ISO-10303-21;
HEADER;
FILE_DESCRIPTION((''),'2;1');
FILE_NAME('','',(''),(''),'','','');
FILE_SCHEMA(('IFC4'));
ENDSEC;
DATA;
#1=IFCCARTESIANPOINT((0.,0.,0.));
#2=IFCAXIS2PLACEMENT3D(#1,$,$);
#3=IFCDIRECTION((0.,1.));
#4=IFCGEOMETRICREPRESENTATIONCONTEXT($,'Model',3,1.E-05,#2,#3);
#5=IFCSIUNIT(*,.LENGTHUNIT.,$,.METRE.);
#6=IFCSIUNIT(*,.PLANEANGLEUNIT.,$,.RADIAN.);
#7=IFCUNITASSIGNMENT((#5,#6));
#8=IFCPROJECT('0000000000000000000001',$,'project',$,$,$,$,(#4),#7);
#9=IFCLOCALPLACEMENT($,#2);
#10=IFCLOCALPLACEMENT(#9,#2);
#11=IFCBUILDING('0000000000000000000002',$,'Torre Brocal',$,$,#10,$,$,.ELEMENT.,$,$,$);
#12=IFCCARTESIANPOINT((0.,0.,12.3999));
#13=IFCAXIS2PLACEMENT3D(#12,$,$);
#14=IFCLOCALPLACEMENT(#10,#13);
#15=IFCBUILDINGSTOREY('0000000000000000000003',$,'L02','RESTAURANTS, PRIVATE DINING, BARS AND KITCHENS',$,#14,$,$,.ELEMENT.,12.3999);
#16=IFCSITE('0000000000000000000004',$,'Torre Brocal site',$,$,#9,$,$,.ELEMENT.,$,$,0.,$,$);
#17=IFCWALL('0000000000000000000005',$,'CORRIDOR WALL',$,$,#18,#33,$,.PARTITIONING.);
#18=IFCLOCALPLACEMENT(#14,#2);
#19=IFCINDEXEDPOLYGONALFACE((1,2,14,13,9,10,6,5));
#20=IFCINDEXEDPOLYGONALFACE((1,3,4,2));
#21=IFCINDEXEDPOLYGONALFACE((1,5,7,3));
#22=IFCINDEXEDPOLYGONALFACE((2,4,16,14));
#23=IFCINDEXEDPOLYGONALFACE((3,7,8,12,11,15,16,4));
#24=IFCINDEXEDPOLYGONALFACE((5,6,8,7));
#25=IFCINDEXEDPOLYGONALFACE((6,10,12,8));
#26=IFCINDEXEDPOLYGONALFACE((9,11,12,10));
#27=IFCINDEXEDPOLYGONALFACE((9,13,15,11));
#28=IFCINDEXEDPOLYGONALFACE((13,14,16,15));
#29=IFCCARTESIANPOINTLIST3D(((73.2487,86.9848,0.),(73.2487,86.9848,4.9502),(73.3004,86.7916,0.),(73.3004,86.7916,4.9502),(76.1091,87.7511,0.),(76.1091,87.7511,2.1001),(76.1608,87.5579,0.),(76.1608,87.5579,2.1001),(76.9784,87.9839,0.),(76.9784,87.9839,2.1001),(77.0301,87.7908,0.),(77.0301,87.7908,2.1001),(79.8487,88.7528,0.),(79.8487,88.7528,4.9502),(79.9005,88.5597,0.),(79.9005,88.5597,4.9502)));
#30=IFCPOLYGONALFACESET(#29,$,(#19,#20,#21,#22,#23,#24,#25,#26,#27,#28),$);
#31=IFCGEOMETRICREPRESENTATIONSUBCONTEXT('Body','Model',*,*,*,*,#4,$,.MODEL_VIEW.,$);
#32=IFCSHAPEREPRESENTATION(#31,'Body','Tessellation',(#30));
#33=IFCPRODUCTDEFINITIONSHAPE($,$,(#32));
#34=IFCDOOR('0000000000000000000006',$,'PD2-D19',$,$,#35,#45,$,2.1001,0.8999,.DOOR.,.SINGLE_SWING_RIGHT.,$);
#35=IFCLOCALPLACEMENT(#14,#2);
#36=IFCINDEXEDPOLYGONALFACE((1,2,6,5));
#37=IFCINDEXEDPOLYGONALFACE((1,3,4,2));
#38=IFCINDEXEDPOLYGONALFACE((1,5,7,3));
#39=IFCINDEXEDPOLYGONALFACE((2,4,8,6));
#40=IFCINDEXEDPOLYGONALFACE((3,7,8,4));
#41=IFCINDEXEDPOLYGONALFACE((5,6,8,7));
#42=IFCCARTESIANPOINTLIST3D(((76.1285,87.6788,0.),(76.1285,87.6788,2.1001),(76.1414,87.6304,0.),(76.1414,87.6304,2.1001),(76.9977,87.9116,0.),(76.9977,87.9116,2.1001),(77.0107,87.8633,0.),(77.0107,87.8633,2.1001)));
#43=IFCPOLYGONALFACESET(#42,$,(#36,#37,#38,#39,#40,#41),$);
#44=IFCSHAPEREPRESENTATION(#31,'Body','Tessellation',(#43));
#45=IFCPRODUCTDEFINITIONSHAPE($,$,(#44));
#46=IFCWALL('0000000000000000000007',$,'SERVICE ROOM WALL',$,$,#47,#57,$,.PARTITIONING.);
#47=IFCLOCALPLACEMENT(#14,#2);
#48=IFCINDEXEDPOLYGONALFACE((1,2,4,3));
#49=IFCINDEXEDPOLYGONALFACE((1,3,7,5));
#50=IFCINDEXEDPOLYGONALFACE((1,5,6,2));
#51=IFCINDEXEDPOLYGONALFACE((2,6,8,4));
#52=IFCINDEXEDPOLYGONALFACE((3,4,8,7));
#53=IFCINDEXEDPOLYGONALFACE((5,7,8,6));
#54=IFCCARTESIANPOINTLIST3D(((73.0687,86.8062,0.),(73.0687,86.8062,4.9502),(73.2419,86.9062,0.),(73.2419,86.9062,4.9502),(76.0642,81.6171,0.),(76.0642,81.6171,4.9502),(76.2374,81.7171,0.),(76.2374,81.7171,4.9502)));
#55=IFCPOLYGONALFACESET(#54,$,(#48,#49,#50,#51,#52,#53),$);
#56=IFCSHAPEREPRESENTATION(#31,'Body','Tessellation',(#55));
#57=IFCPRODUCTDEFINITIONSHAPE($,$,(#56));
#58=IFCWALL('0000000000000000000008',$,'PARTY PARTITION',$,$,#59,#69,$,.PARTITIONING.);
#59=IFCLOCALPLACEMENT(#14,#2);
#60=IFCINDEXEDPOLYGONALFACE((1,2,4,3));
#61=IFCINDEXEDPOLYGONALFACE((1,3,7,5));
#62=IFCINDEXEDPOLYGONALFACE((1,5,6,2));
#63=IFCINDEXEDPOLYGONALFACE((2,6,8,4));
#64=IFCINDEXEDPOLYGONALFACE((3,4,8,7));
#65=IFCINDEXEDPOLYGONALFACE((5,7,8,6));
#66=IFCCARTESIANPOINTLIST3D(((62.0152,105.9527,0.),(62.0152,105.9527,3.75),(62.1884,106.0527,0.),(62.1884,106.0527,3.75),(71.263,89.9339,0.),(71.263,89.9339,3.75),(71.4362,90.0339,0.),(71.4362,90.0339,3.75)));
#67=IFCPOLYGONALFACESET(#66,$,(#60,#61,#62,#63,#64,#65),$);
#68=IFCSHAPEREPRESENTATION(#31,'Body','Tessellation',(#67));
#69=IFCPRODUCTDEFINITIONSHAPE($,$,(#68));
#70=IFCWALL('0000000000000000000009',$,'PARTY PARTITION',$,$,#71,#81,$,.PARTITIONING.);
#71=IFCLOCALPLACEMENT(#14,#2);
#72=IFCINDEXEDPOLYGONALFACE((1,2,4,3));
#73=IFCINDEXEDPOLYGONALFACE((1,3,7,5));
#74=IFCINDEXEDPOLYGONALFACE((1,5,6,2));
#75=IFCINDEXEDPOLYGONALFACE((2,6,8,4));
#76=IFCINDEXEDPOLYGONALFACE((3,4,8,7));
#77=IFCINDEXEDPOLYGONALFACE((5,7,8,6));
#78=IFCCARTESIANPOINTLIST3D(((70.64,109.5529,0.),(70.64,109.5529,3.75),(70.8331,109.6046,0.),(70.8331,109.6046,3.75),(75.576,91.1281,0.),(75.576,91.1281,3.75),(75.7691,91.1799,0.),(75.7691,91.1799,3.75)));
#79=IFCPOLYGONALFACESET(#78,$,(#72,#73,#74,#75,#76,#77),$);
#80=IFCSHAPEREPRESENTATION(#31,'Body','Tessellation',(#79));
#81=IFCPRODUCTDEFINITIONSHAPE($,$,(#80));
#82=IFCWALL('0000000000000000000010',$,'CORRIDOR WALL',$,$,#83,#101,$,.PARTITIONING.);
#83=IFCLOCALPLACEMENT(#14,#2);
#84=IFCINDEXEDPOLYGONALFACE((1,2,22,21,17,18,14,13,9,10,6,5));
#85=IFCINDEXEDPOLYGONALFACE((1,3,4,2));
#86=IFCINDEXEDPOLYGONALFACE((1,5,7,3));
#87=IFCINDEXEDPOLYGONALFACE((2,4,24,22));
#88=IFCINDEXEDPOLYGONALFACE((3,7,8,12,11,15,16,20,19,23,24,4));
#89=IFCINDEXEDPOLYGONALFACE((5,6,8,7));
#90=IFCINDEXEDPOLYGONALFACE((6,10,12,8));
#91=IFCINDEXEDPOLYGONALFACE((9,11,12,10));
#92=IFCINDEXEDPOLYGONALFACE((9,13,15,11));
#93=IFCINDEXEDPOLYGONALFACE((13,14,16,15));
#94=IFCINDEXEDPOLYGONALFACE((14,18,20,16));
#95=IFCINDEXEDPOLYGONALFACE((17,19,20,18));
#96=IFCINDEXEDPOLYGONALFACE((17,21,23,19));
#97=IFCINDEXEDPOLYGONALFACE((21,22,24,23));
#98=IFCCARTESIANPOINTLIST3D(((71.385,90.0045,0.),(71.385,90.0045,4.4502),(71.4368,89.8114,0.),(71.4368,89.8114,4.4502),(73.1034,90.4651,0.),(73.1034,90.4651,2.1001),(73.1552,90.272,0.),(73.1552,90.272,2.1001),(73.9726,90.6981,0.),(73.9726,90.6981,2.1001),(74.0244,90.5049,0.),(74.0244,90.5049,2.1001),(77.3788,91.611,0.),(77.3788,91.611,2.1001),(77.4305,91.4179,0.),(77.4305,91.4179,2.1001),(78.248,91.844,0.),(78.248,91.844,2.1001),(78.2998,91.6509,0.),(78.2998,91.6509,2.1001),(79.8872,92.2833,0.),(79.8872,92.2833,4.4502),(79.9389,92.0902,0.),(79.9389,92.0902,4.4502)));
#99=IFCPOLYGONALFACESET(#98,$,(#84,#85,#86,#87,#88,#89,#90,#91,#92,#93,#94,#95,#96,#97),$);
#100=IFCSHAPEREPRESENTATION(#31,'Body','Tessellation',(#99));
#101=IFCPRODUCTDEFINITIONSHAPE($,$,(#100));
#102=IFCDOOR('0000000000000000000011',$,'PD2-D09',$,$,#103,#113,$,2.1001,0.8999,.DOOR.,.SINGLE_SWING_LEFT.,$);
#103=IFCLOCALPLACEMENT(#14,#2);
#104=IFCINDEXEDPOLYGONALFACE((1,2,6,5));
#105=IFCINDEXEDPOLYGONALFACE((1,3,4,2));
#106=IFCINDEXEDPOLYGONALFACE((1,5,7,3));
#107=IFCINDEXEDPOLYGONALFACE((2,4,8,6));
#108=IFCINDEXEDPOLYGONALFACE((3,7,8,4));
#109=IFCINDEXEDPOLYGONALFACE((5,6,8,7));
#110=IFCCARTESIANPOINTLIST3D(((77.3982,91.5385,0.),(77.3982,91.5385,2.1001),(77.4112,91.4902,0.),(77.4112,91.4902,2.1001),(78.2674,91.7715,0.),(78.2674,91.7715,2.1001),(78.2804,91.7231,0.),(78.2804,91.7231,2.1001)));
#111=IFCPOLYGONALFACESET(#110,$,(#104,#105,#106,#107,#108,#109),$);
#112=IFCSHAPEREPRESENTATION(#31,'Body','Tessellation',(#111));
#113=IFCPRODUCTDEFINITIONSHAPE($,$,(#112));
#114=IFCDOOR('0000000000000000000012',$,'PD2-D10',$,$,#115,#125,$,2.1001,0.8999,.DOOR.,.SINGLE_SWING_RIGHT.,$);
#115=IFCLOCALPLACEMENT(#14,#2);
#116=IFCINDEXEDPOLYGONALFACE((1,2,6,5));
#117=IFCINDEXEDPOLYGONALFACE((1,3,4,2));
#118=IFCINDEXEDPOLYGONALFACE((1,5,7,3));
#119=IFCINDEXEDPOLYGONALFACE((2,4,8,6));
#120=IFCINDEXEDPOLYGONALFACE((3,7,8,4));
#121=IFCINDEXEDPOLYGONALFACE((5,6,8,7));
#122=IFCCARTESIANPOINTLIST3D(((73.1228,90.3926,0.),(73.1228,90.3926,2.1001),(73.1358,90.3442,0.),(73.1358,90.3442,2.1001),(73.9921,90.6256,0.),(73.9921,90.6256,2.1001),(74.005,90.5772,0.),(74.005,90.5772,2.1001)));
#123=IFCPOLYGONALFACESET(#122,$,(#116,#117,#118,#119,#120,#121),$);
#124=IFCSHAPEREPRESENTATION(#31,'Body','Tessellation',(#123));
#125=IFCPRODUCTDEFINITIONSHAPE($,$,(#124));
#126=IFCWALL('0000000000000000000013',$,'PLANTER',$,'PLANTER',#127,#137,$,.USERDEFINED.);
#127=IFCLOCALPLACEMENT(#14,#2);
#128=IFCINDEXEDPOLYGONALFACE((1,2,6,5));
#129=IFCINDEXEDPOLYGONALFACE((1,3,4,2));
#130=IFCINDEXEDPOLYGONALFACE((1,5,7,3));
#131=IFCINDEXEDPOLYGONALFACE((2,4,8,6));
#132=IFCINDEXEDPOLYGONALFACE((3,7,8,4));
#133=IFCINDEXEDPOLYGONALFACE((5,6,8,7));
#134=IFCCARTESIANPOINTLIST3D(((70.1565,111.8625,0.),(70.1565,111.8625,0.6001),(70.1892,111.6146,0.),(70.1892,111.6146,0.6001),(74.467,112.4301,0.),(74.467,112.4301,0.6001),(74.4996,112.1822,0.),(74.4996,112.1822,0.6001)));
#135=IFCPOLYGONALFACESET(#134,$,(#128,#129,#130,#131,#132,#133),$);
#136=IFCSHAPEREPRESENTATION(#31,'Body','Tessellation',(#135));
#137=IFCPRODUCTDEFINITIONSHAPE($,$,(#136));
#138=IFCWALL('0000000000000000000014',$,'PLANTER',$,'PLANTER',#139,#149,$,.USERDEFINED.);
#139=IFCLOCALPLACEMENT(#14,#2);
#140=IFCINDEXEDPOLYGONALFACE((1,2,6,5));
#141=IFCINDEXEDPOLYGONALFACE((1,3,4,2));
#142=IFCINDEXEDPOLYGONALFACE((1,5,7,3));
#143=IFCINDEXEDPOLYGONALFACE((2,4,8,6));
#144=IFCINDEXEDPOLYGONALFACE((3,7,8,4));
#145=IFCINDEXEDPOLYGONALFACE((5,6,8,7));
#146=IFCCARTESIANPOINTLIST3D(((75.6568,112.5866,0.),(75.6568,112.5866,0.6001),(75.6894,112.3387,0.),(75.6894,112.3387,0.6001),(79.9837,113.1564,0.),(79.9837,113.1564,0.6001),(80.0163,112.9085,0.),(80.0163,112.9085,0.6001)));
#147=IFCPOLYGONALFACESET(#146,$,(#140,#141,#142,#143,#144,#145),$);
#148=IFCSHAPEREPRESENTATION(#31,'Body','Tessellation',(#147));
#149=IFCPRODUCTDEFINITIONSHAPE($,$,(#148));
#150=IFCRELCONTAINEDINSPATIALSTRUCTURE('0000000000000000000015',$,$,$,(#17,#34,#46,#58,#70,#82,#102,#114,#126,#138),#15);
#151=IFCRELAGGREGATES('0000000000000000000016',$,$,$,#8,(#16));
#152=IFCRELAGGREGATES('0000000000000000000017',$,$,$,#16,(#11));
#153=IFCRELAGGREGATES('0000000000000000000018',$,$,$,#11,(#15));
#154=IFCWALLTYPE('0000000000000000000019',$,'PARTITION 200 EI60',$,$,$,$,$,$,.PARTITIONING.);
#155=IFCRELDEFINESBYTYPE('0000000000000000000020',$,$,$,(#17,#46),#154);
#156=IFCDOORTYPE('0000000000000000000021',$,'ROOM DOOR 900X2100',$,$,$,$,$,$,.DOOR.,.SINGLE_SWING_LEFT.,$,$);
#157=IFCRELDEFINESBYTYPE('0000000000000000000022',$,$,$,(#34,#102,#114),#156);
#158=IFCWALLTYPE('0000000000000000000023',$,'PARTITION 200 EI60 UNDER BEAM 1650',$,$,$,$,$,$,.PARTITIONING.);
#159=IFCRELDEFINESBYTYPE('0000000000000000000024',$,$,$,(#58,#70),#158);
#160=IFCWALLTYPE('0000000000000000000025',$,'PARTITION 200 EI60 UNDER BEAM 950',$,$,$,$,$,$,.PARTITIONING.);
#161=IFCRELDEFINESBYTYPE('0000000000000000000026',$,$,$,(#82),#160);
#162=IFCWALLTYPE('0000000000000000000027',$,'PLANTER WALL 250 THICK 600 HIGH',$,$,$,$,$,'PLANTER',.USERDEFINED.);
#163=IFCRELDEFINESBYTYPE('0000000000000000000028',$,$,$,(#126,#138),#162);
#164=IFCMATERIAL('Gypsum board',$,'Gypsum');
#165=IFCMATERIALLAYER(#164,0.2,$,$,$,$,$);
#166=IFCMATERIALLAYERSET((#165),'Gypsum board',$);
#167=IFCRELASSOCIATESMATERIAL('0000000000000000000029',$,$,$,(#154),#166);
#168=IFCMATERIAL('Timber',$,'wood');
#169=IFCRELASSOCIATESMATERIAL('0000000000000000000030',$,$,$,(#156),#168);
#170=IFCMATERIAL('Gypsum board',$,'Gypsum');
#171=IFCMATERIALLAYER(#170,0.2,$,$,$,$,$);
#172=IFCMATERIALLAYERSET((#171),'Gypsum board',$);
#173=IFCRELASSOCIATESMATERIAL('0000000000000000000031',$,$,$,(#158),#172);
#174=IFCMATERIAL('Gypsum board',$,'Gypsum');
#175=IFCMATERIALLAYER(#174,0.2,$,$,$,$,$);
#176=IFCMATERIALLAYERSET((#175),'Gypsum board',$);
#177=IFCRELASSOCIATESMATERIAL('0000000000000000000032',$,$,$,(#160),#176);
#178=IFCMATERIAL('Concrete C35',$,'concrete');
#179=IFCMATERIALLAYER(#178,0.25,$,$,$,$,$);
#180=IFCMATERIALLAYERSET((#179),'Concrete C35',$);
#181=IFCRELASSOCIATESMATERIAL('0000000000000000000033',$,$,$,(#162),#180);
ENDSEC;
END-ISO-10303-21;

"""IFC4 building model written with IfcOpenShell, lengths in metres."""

from ifc_helpers import new_model, si_unit, direction, frame, frame_2d, origin, place, context, subcontext, project, spatial, rectangle, extrude, material, layer, layer_set, type_object, element, fill, save


model = new_model("IFC4")

# Units and contexts
model_context = context("Model", 3, precision=1e-05, world=origin(), true_north=direction((0.0, 1.0)))
body_context = subcontext(model_context, "Body", "Model", "MODEL_VIEW")
ifc_project = project(units=[si_unit("LENGTHUNIT", "METRE"), si_unit("PLANEANGLEUNIT", "RADIAN")], contexts=[model_context])

# Site, building, storey
site_placement = place(None, origin())
site = spatial("IfcSite", under=ifc_project, at=site_placement, Name="Torre Brocal site", CompositionType="ELEMENT", RefElevation=0.0)
building_placement = place(site_placement, origin())
building = spatial("IfcBuilding", under=site, at=building_placement, Name="Torre Brocal", CompositionType="ELEMENT")
storey_placement = place(building_placement, frame((0.0, 0.0, 12.3999)))
storey = spatial("IfcBuildingStorey", under=building, at=storey_placement, Name="L02", Description="RESTAURANTS, PRIVATE DINING, BARS AND KITCHENS", CompositionType="ELEMENT", Elevation=12.3999)

# Wall, opening, door
ifc_material_1 = material(Name="Gypsum board", Category="Gypsum")
ifc_layer_1 = layer(ifc_material_1, 0.2)
ifc_layer_set_1 = layer_set([ifc_layer_1], Name="Gypsum board")
wall_type_1 = type_object("IfcWallType", Name="PARTITION 200 EI60", PredefinedType="PARTITIONING", material=ifc_layer_set_1)
wall_1_placement = place(storey_placement, frame((73.2744, 86.8882, 0.0), z_axis=(0.0, 0.0, 1.0), x_axis=(0.965941, 0.258761, 0.0)))
wall_1 = element("IfcWall", 1, at=wall_1_placement, inside=storey, type_object=wall_type_1, Name="CORRIDOR WALL", PredefinedType="PARTITIONING", context=body_context, shape_type="SweptSolid", body=[
    extrude(rectangle(XDim=6.8328, YDim=0.2, at=frame_2d((3.4165, 0.0))), origin(), (0.0, 0.0, 1.0), 4.9502),
])
opening_1_placement = place(wall_1_placement, frame((2.9614, 0.0, 0.0)))
opening_1 = element("IfcOpeningElement", 2, at=opening_1_placement, cuts=wall_1, PredefinedType="OPENING", context=body_context, shape_type="SweptSolid", body=[
    extrude(rectangle(XDim=0.8999, YDim=2.1001, at=frame_2d((0.45, 1.05))), frame((0.0, 0.1099, 0.0), z_axis=(0.0, -1.0, 0.0), x_axis=(1.0, 0.0, 0.0)), (0.0, 0.0, 1.0), 0.22),
])
ifc_material_2 = material(Name="Timber", Category="wood")
door_type = type_object("IfcDoorType", Name="ROOM DOOR 900X2100", OperationType="SINGLE_SWING_LEFT", PredefinedType="DOOR", material=ifc_material_2)
door_1_placement = place(opening_1_placement, frame((0.8999, 0.0, 0.0), z_axis=(0.0, 0.0, 1.0), x_axis=(-1.0, 0.0, 0.0)))
door_1 = element("IfcDoor", 3, at=door_1_placement, inside=storey, type_object=door_type, Name="PD2-D19", OperationType="SINGLE_SWING_RIGHT", OverallHeight=2.1001, OverallWidth=0.8999, PredefinedType="DOOR", context=body_context, shape_type="SweptSolid", body=[
    extrude(rectangle(XDim=0.8999, YDim=2.1001, at=frame_2d((0.45, 1.05))), frame((0.0, 0.0249, 0.0), z_axis=(0.0, -1.0, 0.0), x_axis=(1.0, 0.0, 0.0)), (0.0, 0.0, 1.0), 0.05),
])
fill(opening_1, door_1)

# Walls
wall_2_placement = place(storey_placement, frame((73.1553, 86.8562, 0.0), z_axis=(0.0, 0.0, 1.0), x_axis=(0.499952, -0.866053, 0.0)))
element("IfcWall", 4, at=wall_2_placement, inside=storey, type_object=wall_type_1, Name="SERVICE ROOM WALL", PredefinedType="PARTITIONING", context=body_context, shape_type="SweptSolid", body=[
    extrude(rectangle(XDim=5.9917, YDim=0.2, at=frame_2d((2.9958, 0.0))), origin(), (0.0, 0.0, 1.0), 4.9502),
])
ifc_material_3 = material(Name="Gypsum board", Category="Gypsum")
ifc_layer_2 = layer(ifc_material_3, 0.2)
ifc_layer_set_2 = layer_set([ifc_layer_2], Name="Gypsum board")
wall_type_2 = type_object("IfcWallType", Name="PARTITION 200 EI60 UNDER BEAM 1650", PredefinedType="PARTITIONING", material=ifc_layer_set_2)
wall_3_placement = place(storey_placement, frame((62.1018, 106.0027, 0.0), z_axis=(0.0, 0.0, 1.0), x_axis=(0.499973, -0.866041, 0.0)))
element("IfcWall", 5, at=wall_3_placement, inside=storey, type_object=wall_type_2, Name="PARTY PARTITION", PredefinedType="PARTITIONING", context=body_context, shape_type="SweptSolid", body=[
    extrude(rectangle(XDim=18.4966, YDim=0.2, at=frame_2d((9.2483, 0.0))), origin(), (0.0, 0.0, 1.0), 3.75),
])
wall_4_placement = place(storey_placement, frame((70.7366, 109.5786, 0.0), z_axis=(0.0, 0.0, 1.0), x_axis=(0.258776, -0.965937, 0.0)))
element("IfcWall", 6, at=wall_4_placement, inside=storey, type_object=wall_type_2, Name="PARTY PARTITION", PredefinedType="PARTITIONING", context=body_context, shape_type="SweptSolid", body=[
    extrude(rectangle(XDim=19.0745, YDim=0.2, at=frame_2d((9.5371, 0.0))), origin(), (0.0, 0.0, 1.0), 3.75),
])

# Wall, openings, doors
ifc_material_4 = material(Name="Gypsum board", Category="Gypsum")
ifc_layer_3 = layer(ifc_material_4, 0.2)
ifc_layer_set_3 = layer_set([ifc_layer_3], Name="Gypsum board")
wall_type_3 = type_object("IfcWallType", Name="PARTITION 200 EI60 UNDER BEAM 950", PredefinedType="PARTITIONING", material=ifc_layer_set_3)
wall_5_placement = place(storey_placement, frame((71.4109, 89.908, 0.0), z_axis=(0.0, 0.0, 1.0), x_axis=(0.965907, 0.258888, 0.0)))
wall_5 = element("IfcWall", 7, at=wall_5_placement, inside=storey, type_object=wall_type_3, Name="CORRIDOR WALL", PredefinedType="PARTITIONING", context=body_context, shape_type="SweptSolid", body=[
    extrude(rectangle(XDim=8.8022, YDim=0.2, at=frame_2d((4.4011, 0.0))), origin(), (0.0, 0.0, 1.0), 4.4502),
])
opening_2_placement = place(wall_5_placement, frame((6.2053, 0.0, 0.0)))
opening_2 = element("IfcOpeningElement", 8, at=opening_2_placement, cuts=wall_5, PredefinedType="OPENING", context=body_context, shape_type="SweptSolid", body=[
    extrude(rectangle(XDim=0.8999, YDim=2.1001, at=frame_2d((0.45, 1.05))), frame((0.0, 0.1099, 0.0), z_axis=(0.0, -1.0, 0.0), x_axis=(1.0, 0.0, 0.0)), (0.0, 0.0, 1.0), 0.22),
])
opening_3_placement = place(wall_5_placement, frame((1.7791, 0.0, 0.0)))
opening_3 = element("IfcOpeningElement", 9, at=opening_3_placement, cuts=wall_5, PredefinedType="OPENING", context=body_context, shape_type="SweptSolid", body=[
    extrude(rectangle(XDim=0.8999, YDim=2.1001, at=frame_2d((0.45, 1.05))), frame((0.0, 0.1099, 0.0), z_axis=(0.0, -1.0, 0.0), x_axis=(1.0, 0.0, 0.0)), (0.0, 0.0, 1.0), 0.22),
])
door_2_placement = place(opening_2_placement, origin())
door_2 = element("IfcDoor", 10, at=door_2_placement, inside=storey, type_object=door_type, Name="PD2-D09", OperationType="SINGLE_SWING_LEFT", OverallHeight=2.1001, OverallWidth=0.8999, PredefinedType="DOOR", context=body_context, shape_type="SweptSolid", body=[
    extrude(rectangle(XDim=0.8999, YDim=2.1001, at=frame_2d((0.45, 1.05))), frame((0.0, 0.0249, 0.0), z_axis=(0.0, -1.0, 0.0), x_axis=(1.0, 0.0, 0.0)), (0.0, 0.0, 1.0), 0.05),
])
fill(opening_2, door_2)
door_3_placement = place(opening_3_placement, origin())
door_3 = element("IfcDoor", 11, at=door_3_placement, inside=storey, type_object=door_type, Name="PD2-D10", OperationType="SINGLE_SWING_RIGHT", OverallHeight=2.1001, OverallWidth=0.8999, PredefinedType="DOOR", context=body_context, shape_type="SweptSolid", body=[
    extrude(rectangle(XDim=0.8999, YDim=2.1001, at=frame_2d((0.45, 1.05))), frame((0.0, 0.0249, 0.0), z_axis=(0.0, -1.0, 0.0), x_axis=(1.0, 0.0, 0.0)), (0.0, 0.0, 1.0), 0.05),
])
fill(opening_3, door_3)

# Walls
ifc_material_5 = material(Name="Concrete C35", Category="concrete")
ifc_layer_4 = layer(ifc_material_5, 0.25)
ifc_layer_set_4 = layer_set([ifc_layer_4], Name="Concrete C35")
wall_type_4 = type_object("IfcWallType", Name="PLANTER WALL 250 THICK 600 HIGH", ElementType="PLANTER", PredefinedType="USERDEFINED", material=ifc_layer_set_4)
wall_6_placement = place(storey_placement, frame((70.1729, 111.7385, 0.0), z_axis=(0.0, 0.0, 1.0), x_axis=(0.991441, 0.130556, 0.0)))
element("IfcWall", 12, at=wall_6_placement, inside=storey, type_object=wall_type_4, Name="PLANTER", ObjectType="PLANTER", PredefinedType="USERDEFINED", context=body_context, shape_type="SweptSolid", body=[
    extrude(rectangle(XDim=4.3477, YDim=0.25, at=frame_2d((2.1738, 0.0))), origin(), (0.0, 0.0, 1.0), 0.6001),
])
wall_7_placement = place(storey_placement, frame((75.6731, 112.4626, 0.0), z_axis=(0.0, 0.0, 1.0), x_axis=(0.99144, 0.130566, 0.0)))
element("IfcWall", 13, at=wall_7_placement, inside=storey, type_object=wall_type_4, Name="PLANTER", ObjectType="PLANTER", PredefinedType="USERDEFINED", context=body_context, shape_type="SweptSolid", body=[
    extrude(rectangle(XDim=4.3643, YDim=0.25, at=frame_2d((2.1821, 0.0))), origin(), (0.0, 0.0, 1.0), 0.6001),
])

save(model, "model.ifc")
